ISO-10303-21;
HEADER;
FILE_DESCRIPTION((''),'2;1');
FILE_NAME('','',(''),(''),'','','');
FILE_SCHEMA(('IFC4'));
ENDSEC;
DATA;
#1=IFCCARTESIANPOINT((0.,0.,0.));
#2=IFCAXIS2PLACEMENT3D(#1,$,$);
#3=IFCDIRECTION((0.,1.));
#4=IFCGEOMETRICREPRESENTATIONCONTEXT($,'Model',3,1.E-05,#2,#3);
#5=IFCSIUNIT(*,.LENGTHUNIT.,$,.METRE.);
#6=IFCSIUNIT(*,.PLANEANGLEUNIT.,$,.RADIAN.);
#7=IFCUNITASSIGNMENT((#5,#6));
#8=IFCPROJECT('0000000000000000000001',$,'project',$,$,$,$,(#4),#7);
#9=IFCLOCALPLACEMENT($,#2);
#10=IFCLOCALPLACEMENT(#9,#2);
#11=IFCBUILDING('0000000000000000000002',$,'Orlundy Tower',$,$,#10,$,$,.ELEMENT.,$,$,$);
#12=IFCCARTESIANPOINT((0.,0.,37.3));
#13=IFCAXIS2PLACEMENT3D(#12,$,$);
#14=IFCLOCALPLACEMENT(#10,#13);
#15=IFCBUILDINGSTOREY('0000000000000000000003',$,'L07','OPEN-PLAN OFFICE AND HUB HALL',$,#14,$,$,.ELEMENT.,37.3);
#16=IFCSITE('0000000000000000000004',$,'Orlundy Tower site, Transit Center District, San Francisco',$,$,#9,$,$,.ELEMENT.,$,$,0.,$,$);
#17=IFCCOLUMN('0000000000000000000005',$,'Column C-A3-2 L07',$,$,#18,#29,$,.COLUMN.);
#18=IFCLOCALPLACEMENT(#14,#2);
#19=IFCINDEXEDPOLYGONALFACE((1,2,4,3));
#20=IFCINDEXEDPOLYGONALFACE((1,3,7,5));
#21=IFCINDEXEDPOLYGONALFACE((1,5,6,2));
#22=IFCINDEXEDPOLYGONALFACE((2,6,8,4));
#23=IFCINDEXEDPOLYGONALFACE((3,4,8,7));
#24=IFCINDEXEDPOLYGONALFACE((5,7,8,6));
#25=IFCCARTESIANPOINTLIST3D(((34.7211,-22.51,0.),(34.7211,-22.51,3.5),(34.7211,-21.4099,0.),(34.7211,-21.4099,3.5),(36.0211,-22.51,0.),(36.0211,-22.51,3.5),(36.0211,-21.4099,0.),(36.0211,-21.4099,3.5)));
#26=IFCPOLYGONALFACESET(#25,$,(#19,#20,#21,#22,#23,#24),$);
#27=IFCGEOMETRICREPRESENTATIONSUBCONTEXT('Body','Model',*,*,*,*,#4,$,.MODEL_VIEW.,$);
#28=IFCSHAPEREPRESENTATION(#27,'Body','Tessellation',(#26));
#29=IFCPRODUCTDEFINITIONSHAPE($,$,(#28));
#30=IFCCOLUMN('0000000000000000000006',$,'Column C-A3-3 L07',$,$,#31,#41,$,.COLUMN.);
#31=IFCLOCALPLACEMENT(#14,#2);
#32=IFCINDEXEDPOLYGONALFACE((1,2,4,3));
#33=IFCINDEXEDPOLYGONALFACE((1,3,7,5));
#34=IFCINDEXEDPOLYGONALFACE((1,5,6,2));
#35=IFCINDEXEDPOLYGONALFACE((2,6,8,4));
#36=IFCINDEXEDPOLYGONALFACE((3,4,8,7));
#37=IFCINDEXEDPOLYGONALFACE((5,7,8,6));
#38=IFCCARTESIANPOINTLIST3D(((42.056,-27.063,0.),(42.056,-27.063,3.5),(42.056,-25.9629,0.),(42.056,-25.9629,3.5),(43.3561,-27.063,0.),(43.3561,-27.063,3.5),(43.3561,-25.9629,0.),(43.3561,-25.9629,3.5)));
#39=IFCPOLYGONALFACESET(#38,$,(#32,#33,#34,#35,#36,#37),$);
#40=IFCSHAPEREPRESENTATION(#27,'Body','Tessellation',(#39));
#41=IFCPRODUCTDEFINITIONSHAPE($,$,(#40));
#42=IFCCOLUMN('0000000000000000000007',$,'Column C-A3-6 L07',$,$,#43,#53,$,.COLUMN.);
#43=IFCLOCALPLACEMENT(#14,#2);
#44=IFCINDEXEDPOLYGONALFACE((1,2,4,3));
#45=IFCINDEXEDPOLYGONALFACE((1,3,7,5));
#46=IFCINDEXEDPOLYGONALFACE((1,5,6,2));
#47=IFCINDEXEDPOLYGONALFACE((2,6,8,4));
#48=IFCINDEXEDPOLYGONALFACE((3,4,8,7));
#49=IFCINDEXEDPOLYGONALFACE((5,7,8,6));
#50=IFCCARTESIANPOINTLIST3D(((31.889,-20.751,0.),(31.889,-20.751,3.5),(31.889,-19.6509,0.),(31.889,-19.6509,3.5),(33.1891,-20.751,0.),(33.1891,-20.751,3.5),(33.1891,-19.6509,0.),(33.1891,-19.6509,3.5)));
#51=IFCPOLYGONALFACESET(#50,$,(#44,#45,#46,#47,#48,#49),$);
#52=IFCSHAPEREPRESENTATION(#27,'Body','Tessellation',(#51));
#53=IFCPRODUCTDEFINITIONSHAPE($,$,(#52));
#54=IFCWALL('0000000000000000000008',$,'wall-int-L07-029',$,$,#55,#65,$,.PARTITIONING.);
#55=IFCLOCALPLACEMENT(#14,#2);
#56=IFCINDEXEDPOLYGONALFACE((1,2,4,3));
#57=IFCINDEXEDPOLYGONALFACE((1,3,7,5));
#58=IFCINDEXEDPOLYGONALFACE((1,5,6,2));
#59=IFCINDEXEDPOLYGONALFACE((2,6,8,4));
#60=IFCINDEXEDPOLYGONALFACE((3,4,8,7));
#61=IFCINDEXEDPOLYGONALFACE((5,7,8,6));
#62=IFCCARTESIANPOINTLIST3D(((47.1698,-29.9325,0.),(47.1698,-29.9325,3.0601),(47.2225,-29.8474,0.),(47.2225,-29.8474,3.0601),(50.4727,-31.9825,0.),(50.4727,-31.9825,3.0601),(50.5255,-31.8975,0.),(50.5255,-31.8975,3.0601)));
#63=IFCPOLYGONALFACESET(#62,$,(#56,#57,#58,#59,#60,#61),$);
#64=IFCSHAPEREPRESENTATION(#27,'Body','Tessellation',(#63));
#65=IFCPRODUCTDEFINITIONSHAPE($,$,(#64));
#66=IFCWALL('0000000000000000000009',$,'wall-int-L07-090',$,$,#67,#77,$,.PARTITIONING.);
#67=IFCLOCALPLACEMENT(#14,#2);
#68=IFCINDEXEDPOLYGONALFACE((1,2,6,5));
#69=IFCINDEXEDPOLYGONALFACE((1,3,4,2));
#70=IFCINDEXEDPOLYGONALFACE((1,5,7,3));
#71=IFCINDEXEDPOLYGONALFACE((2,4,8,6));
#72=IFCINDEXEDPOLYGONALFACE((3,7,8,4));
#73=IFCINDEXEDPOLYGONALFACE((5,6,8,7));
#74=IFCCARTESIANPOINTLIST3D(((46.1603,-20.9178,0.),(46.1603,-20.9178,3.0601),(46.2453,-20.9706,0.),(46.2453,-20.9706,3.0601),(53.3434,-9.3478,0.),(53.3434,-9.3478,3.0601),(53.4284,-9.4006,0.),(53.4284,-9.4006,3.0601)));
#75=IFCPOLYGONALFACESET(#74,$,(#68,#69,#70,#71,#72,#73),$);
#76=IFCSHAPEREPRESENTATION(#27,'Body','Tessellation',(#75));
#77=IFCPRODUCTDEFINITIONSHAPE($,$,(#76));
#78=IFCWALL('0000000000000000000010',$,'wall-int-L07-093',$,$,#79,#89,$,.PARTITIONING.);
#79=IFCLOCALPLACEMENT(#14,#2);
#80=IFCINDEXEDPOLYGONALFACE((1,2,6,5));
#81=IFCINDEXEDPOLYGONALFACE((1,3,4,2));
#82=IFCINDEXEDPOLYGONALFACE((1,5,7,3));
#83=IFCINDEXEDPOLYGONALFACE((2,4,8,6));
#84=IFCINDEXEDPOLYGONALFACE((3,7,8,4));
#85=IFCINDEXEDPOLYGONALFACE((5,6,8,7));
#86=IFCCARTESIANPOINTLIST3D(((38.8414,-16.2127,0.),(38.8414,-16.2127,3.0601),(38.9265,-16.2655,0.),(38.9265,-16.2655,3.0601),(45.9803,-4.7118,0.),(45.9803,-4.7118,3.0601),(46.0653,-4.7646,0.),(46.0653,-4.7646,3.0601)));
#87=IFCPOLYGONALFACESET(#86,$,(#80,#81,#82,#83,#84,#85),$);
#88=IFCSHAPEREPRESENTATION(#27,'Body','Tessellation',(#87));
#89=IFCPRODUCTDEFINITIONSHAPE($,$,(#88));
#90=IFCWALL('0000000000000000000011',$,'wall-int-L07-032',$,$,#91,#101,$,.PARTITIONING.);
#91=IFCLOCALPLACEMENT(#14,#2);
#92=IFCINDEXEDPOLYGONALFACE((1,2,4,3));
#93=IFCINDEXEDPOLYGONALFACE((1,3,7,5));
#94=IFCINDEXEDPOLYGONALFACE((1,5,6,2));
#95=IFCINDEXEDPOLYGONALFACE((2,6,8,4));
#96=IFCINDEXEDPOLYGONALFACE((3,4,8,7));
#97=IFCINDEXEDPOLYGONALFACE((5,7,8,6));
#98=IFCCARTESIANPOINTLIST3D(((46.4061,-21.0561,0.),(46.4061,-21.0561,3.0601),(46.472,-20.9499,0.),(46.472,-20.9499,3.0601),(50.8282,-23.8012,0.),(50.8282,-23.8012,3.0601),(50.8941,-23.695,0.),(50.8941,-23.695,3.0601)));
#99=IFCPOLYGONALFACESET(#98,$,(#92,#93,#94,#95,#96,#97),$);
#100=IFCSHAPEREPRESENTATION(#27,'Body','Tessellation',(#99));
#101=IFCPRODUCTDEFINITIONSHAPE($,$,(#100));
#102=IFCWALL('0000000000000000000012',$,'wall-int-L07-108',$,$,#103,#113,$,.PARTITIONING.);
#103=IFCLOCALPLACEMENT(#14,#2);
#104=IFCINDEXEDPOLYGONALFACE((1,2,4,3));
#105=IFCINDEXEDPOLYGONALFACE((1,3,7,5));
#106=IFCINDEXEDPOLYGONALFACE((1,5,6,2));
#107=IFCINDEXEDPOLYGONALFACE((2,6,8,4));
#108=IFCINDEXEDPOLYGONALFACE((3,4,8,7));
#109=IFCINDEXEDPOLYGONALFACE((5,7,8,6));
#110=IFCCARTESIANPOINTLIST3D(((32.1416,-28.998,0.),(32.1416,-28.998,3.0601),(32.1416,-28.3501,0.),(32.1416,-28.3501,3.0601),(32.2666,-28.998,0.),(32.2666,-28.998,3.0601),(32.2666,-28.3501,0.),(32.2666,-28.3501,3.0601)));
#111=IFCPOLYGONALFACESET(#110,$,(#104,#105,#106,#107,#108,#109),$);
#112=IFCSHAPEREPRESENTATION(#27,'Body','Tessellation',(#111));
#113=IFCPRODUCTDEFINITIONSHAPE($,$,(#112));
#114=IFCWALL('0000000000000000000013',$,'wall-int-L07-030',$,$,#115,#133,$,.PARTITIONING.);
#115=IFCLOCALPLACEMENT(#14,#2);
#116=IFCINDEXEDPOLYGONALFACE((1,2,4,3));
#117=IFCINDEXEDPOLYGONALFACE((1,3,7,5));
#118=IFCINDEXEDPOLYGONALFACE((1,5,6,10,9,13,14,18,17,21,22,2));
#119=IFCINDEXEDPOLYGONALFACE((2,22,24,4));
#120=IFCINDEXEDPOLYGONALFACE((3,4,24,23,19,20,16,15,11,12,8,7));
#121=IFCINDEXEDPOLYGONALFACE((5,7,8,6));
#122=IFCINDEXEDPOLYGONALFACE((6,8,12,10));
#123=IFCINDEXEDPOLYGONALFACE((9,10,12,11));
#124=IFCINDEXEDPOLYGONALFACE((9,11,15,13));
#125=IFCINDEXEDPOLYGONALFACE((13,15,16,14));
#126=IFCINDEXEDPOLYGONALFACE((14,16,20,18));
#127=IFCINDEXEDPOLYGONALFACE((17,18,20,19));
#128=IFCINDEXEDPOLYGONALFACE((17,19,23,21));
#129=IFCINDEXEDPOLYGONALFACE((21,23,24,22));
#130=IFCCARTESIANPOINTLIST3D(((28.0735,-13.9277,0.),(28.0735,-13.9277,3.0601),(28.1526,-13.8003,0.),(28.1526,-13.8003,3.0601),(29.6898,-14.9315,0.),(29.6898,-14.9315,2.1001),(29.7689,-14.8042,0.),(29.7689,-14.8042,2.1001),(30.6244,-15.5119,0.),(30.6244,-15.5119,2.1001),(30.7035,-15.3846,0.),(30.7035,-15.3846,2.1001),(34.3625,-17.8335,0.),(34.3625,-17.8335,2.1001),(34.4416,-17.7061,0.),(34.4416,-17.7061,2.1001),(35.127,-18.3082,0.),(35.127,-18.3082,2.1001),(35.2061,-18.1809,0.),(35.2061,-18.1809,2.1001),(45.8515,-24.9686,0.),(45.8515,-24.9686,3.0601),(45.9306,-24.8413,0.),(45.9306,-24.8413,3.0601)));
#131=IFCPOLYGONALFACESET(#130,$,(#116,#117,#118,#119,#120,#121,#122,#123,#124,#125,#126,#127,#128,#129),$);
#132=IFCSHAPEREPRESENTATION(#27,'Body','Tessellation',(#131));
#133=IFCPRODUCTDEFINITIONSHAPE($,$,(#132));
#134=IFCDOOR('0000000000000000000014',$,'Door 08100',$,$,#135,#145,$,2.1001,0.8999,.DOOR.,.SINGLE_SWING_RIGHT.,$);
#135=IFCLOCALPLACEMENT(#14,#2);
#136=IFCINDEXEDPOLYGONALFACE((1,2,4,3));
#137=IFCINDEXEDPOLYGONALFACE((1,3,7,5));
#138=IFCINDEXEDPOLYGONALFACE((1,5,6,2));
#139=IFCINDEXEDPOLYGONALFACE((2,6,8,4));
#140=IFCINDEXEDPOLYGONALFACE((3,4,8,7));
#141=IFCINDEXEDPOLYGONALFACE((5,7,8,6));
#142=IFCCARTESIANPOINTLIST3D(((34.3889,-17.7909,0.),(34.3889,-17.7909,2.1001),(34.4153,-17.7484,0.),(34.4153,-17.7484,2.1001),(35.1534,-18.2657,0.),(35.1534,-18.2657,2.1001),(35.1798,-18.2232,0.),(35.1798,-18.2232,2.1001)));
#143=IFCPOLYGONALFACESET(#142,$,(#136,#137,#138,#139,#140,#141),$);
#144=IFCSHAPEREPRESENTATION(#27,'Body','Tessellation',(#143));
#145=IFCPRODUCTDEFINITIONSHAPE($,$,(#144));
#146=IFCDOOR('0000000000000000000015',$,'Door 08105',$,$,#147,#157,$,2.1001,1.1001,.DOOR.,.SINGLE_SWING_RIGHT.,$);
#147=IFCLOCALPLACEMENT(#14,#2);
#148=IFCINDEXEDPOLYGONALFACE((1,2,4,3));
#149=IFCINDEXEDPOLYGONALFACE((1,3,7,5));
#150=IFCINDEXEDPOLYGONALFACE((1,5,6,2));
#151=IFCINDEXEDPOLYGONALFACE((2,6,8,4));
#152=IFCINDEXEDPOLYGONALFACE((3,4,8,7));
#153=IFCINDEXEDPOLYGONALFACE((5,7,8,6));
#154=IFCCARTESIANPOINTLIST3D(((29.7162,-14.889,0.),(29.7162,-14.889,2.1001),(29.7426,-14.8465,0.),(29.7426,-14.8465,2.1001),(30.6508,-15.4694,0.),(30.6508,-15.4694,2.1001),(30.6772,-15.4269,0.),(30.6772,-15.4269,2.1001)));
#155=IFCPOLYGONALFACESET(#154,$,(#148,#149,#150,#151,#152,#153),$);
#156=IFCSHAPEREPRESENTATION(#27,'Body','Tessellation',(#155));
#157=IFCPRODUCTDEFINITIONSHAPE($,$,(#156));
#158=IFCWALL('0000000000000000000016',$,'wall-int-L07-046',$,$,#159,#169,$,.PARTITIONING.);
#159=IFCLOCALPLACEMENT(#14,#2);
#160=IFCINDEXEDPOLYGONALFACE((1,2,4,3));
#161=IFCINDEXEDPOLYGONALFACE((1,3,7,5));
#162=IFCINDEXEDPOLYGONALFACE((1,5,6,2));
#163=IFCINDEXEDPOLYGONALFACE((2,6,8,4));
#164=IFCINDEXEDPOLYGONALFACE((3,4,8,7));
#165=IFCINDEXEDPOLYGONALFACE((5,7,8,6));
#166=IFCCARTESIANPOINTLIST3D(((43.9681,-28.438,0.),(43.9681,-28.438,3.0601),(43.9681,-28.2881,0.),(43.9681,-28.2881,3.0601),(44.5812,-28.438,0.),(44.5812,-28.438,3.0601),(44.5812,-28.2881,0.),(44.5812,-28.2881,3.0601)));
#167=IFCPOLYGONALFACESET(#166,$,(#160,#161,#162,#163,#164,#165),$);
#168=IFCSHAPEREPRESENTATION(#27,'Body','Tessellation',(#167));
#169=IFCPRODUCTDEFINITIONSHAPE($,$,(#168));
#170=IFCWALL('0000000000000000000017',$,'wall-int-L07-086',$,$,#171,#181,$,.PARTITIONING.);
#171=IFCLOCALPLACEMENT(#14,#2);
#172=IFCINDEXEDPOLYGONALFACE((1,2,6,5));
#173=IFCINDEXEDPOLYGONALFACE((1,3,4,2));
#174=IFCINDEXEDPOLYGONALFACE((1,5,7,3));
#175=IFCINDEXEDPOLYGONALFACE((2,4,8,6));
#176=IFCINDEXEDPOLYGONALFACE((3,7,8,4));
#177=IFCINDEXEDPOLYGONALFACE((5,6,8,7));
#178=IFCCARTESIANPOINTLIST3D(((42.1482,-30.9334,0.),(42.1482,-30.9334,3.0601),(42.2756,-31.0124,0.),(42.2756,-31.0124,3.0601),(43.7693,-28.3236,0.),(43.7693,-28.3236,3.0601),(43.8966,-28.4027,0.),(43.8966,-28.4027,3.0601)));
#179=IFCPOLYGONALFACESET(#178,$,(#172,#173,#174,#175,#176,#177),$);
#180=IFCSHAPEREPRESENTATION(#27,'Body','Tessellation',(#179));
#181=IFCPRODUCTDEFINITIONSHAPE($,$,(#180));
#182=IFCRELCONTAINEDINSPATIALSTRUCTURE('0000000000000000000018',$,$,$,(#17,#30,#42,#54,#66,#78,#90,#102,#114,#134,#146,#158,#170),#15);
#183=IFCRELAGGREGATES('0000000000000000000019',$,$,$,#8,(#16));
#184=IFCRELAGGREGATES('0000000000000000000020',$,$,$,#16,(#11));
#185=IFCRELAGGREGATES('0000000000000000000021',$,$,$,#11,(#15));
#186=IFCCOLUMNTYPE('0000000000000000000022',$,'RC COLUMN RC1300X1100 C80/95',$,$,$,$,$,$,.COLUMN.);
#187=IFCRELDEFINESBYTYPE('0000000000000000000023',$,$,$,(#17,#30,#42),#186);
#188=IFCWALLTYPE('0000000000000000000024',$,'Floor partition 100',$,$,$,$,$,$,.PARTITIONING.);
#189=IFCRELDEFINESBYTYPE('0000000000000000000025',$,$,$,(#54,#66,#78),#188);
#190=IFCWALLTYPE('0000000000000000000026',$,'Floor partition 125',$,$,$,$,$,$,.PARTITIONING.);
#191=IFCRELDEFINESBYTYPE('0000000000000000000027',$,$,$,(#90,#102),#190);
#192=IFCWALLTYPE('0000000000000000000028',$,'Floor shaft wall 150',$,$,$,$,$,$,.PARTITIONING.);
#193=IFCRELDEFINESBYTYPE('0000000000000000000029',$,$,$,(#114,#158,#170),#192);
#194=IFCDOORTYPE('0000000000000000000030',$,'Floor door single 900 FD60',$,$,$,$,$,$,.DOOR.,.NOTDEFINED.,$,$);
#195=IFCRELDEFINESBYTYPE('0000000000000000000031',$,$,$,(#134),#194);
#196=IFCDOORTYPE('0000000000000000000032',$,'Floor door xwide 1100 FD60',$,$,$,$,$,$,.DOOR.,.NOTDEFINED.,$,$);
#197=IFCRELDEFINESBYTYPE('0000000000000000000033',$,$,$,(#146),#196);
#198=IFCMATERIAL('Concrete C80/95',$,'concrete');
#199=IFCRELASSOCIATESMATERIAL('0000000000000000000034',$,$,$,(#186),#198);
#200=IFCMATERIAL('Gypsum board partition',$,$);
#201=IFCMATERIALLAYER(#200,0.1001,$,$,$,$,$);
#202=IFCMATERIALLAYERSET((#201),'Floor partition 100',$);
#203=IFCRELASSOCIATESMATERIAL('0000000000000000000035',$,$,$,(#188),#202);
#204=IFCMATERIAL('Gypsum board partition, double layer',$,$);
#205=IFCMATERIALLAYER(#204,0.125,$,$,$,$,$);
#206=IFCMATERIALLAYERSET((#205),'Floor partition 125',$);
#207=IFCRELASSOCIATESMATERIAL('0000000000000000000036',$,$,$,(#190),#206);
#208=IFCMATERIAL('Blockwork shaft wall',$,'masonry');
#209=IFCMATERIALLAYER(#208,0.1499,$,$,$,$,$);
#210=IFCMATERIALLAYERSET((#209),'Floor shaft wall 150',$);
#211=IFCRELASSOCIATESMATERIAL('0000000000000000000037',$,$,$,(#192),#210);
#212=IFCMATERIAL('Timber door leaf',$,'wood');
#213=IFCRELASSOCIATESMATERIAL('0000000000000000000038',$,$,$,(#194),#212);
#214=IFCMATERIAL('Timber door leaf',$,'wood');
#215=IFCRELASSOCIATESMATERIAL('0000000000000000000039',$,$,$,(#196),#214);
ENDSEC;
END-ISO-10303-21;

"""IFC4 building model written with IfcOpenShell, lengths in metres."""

from ifc_helpers import new_model, si_unit, direction, frame, frame_2d, origin, origin_2d, place, context, subcontext, project, spatial, rectangle, extrude, material, layer, layer_set, material_profile, profile_set, type_object, element, fill, save


model = new_model("IFC4")

# Units and contexts
model_context = context("Model", 3, precision=1e-05, world=origin(), true_north=direction((0.0, 1.0)))
body_context = subcontext(model_context, "Body", "Model", "MODEL_VIEW")
ifc_project = project(units=[si_unit("LENGTHUNIT", "METRE"), si_unit("PLANEANGLEUNIT", "RADIAN")], contexts=[model_context])

# Site, building, storey
site_placement = place(None, origin())
site = spatial("IfcSite", under=ifc_project, at=site_placement, Name="Orlundy Tower site, Transit Center District, San Francisco", CompositionType="ELEMENT", RefElevation=0.0)
building_placement = place(site_placement, origin())
building = spatial("IfcBuilding", under=site, at=building_placement, Name="Orlundy Tower", CompositionType="ELEMENT")
storey_placement = place(building_placement, frame((0.0, 0.0, 37.3)))
storey = spatial("IfcBuildingStorey", under=building, at=storey_placement, Name="L07", Description="OPEN-PLAN OFFICE AND HUB HALL", CompositionType="ELEMENT", Elevation=37.3)

# Columns
ifc_material_1 = material(Name="Concrete C80/95", Category="concrete")
ifc_material_profile = material_profile(ifc_material_1, rectangle(XDim=1.3, YDim=1.1001, at=origin_2d()), Name="RC1300X1100")
ifc_profile_set = profile_set([ifc_material_profile], Name="Concrete C80/95")
column_type = type_object("IfcColumnType", Name="RC COLUMN RC1300X1100 C80/95", PredefinedType="COLUMN", material=ifc_profile_set)
for number, where, z_axis, x_axis, name in (
    (1, (35.3711, -21.96, 0.0), (0.0, 0.0, 1.0), (1.0, 0.0, 0.0), "Column C-A3-2 L07"),
    (2, (42.7061, -26.5129, 0.0), (0.0, 0.0, 1.0), (1.0, 0.0, 0.0), "Column C-A3-3 L07"),
    (3, (32.5391, -20.2009, 0.0), (0.0, 0.0, 1.0), (1.0, 0.0, 0.0), "Column C-A3-6 L07"),
):
    element("IfcColumn", number, at=place(storey_placement, frame(where, z_axis=z_axis, x_axis=x_axis)), inside=storey, type_object=column_type, Name=name, PredefinedType="COLUMN", context=body_context, shape_type="SweptSolid", body=[
        extrude(rectangle(XDim=1.3, YDim=1.1001, at=origin_2d()), origin(), (0.0, 0.0, 1.0), 3.5),
    ])

# Walls
ifc_material_2 = material(Name="Gypsum board partition")
ifc_layer_1 = layer(ifc_material_2, 0.1001)
ifc_layer_set_1 = layer_set([ifc_layer_1], Name="Floor partition 100")
wall_type_1 = type_object("IfcWallType", Name="Floor partition 100", PredefinedType="PARTITIONING", material=ifc_layer_set_1)
wall_1_placement = place(storey_placement, frame((47.196, -29.8899, 0.0), z_axis=(0.0, 0.0, 1.0), x_axis=(0.849649, -0.527349, 0.0)))
element("IfcWall", 4, at=wall_1_placement, inside=storey, type_object=wall_type_1, Name="wall-int-L07-029", PredefinedType="PARTITIONING", context=body_context, shape_type="SweptSolid", body=[
    extrude(rectangle(XDim=3.8875, YDim=0.1001, at=frame_2d((1.9438, 0.0))), origin(), (0.0, 0.0, 1.0), 3.0601),
])
wall_2_placement = place(storey_placement, frame((46.2029, -20.9441, 0.0), z_axis=(0.0, 0.0, 1.0), x_axis=(0.527452, 0.849585, 0.0)))
element("IfcWall", 5, at=wall_2_placement, inside=storey, type_object=wall_type_1, Name="wall-int-L07-090", PredefinedType="PARTITIONING", context=body_context, shape_type="SweptSolid", body=[
    extrude(rectangle(XDim=13.6184, YDim=0.1001, at=frame_2d((6.8091, 0.0))), origin(), (0.0, 0.0, 1.0), 3.0601),
])
wall_3_placement = place(storey_placement, frame((38.884, -16.239, 0.0), z_axis=(0.0, 0.0, 1.0), x_axis=(0.527383, 0.849628, 0.0)))
element("IfcWall", 6, at=wall_3_placement, inside=storey, type_object=wall_type_1, Name="wall-int-L07-093", PredefinedType="PARTITIONING", context=body_context, shape_type="SweptSolid", body=[
    extrude(rectangle(XDim=13.5364, YDim=0.1001, at=frame_2d((6.7681, 0.0))), origin(), (0.0, 0.0, 1.0), 3.0601),
])
ifc_material_3 = material(Name="Gypsum board partition, double layer")
ifc_layer_2 = layer(ifc_material_3, 0.125)
ifc_layer_set_2 = layer_set([ifc_layer_2], Name="Floor partition 125")
wall_type_2 = type_object("IfcWallType", Name="Floor partition 125", PredefinedType="PARTITIONING", material=ifc_layer_set_2)
wall_4_placement = place(storey_placement, frame((46.439, -21.0029, 0.0), z_axis=(0.0, 0.0, 1.0), x_axis=(0.84961, -0.527412, 0.0)))
element("IfcWall", 7, at=wall_4_placement, inside=storey, type_object=wall_type_2, Name="wall-int-L07-032", PredefinedType="PARTITIONING", context=body_context, shape_type="SweptSolid", body=[
    extrude(rectangle(XDim=5.2048, YDim=0.125, at=frame_2d((2.6025, 0.0))), origin(), (0.0, 0.0, 1.0), 3.0601),
])
wall_5_placement = place(storey_placement, frame((32.2041, -28.998, 0.0), z_axis=(0.0, 0.0, 1.0), x_axis=(0.0, 1.0, 0.0)))
element("IfcWall", 8, at=wall_5_placement, inside=storey, type_object=wall_type_2, Name="wall-int-L07-108", PredefinedType="PARTITIONING", context=body_context, shape_type="SweptSolid", body=[
    extrude(rectangle(XDim=0.6479, YDim=0.125, at=frame_2d((0.324, 0.0))), origin(), (0.0, 0.0, 1.0), 3.0601),
])

# Wall, openings, doors
ifc_material_4 = material(Name="Blockwork shaft wall", Category="masonry")
ifc_layer_3 = layer(ifc_material_4, 0.1499)
ifc_layer_set_3 = layer_set([ifc_layer_3], Name="Floor shaft wall 150")
wall_type_3 = type_object("IfcWallType", Name="Floor shaft wall 150", PredefinedType="PARTITIONING", material=ifc_layer_set_3)
wall_6_placement = place(storey_placement, frame((45.8911, -24.905, 0.0), z_axis=(0.0, 0.0, 1.0), x_axis=(-0.849504, 0.527582, 0.0)))
wall_6 = element("IfcWall", 9, at=wall_6_placement, inside=storey, type_object=wall_type_3, Name="wall-int-L07-030", PredefinedType="PARTITIONING", context=body_context, shape_type="SweptSolid", body=[
    extrude(rectangle(XDim=20.9275, YDim=0.1499, at=frame_2d((10.4639, 0.0))), origin(), (0.0, 0.0, 1.0), 3.0601),
])
opening_1_placement = place(wall_6_placement, frame((12.6245, 0.0, 0.0)))
opening_1 = element("IfcOpeningElement", 10, at=opening_1_placement, cuts=wall_6, PredefinedType="OPENING", context=body_context, shape_type="SweptSolid", body=[
    extrude(rectangle(XDim=0.8999, YDim=2.1001, at=frame_2d((0.45, 1.05))), frame((0.0, 0.085, 0.0), z_axis=(0.0, -1.0, 0.0), x_axis=(1.0, 0.0, 0.0)), (0.0, 0.0, 1.0), 0.1699),
])
opening_2_placement = place(wall_6_placement, frame((17.9248, 0.0, 0.0)))
opening_2 = element("IfcOpeningElement", 11, at=opening_2_placement, cuts=wall_6, PredefinedType="OPENING", context=body_context, shape_type="SweptSolid", body=[
    extrude(rectangle(XDim=1.1001, YDim=2.1001, at=frame_2d((0.55, 1.05))), frame((0.0, 0.085, 0.0), z_axis=(0.0, -1.0, 0.0), x_axis=(1.0, 0.0, 0.0)), (0.0, 0.0, 1.0), 0.1699),
])
ifc_material_5 = material(Name="Timber door leaf", Category="wood")
door_type_1 = type_object("IfcDoorType", Name="Floor door single 900 FD60", OperationType="NOTDEFINED", PredefinedType="DOOR", material=ifc_material_5)
door_1_placement = place(opening_1_placement, origin())
door_1 = element("IfcDoor", 12, at=door_1_placement, inside=storey, type_object=door_type_1, Name="Door 08100", OperationType="SINGLE_SWING_RIGHT", OverallHeight=2.1001, OverallWidth=0.8999, PredefinedType="DOOR", context=body_context, shape_type="SweptSolid", body=[
    extrude(rectangle(XDim=0.8999, YDim=2.1001, at=frame_2d((0.45, 1.05))), frame((0.0, 0.0249, 0.0), z_axis=(0.0, -1.0, 0.0), x_axis=(1.0, 0.0, 0.0)), (0.0, 0.0, 1.0), 0.05),
])
fill(opening_1, door_1)
ifc_material_6 = material(Name="Timber door leaf", Category="wood")
door_type_2 = type_object("IfcDoorType", Name="Floor door xwide 1100 FD60", OperationType="NOTDEFINED", PredefinedType="DOOR", material=ifc_material_6)
door_2_placement = place(opening_2_placement, origin())
door_2 = element("IfcDoor", 13, at=door_2_placement, inside=storey, type_object=door_type_2, Name="Door 08105", OperationType="SINGLE_SWING_RIGHT", OverallHeight=2.1001, OverallWidth=1.1001, PredefinedType="DOOR", context=body_context, shape_type="SweptSolid", body=[
    extrude(rectangle(XDim=1.1001, YDim=2.1001, at=frame_2d((0.55, 1.05))), frame((0.0, 0.0249, 0.0), z_axis=(0.0, -1.0, 0.0), x_axis=(1.0, 0.0, 0.0)), (0.0, 0.0, 1.0), 0.05),
])
fill(opening_2, door_2)

# Walls
wall_7_placement = place(storey_placement, frame((43.968, -28.363, 0.0), z_axis=(0.0, 0.0, 1.0), x_axis=(1.0, 0.0, 0.0)))
element("IfcWall", 14, at=wall_7_placement, inside=storey, type_object=wall_type_3, Name="wall-int-L07-046", PredefinedType="PARTITIONING", context=body_context, shape_type="SweptSolid", body=[
    extrude(rectangle(XDim=0.613, YDim=0.1499, at=frame_2d((0.3066, 0.0))), origin(), (0.0, 0.0, 1.0), 3.0601),
])
wall_8_placement = place(storey_placement, frame((42.2119, -30.9729, 0.0), z_axis=(0.0, 0.0, 1.0), x_axis=(0.52764, 0.849468, 0.0)))
element("IfcWall", 15, at=wall_8_placement, inside=storey, type_object=wall_type_3, Name="wall-int-L07-086", PredefinedType="PARTITIONING", context=body_context, shape_type="SweptSolid", body=[
    extrude(rectangle(XDim=3.0723, YDim=0.1499, at=frame_2d((1.5361, 0.0))), origin(), (0.0, 0.0, 1.0), 3.0601),
])

save(model, "model.ifc")
